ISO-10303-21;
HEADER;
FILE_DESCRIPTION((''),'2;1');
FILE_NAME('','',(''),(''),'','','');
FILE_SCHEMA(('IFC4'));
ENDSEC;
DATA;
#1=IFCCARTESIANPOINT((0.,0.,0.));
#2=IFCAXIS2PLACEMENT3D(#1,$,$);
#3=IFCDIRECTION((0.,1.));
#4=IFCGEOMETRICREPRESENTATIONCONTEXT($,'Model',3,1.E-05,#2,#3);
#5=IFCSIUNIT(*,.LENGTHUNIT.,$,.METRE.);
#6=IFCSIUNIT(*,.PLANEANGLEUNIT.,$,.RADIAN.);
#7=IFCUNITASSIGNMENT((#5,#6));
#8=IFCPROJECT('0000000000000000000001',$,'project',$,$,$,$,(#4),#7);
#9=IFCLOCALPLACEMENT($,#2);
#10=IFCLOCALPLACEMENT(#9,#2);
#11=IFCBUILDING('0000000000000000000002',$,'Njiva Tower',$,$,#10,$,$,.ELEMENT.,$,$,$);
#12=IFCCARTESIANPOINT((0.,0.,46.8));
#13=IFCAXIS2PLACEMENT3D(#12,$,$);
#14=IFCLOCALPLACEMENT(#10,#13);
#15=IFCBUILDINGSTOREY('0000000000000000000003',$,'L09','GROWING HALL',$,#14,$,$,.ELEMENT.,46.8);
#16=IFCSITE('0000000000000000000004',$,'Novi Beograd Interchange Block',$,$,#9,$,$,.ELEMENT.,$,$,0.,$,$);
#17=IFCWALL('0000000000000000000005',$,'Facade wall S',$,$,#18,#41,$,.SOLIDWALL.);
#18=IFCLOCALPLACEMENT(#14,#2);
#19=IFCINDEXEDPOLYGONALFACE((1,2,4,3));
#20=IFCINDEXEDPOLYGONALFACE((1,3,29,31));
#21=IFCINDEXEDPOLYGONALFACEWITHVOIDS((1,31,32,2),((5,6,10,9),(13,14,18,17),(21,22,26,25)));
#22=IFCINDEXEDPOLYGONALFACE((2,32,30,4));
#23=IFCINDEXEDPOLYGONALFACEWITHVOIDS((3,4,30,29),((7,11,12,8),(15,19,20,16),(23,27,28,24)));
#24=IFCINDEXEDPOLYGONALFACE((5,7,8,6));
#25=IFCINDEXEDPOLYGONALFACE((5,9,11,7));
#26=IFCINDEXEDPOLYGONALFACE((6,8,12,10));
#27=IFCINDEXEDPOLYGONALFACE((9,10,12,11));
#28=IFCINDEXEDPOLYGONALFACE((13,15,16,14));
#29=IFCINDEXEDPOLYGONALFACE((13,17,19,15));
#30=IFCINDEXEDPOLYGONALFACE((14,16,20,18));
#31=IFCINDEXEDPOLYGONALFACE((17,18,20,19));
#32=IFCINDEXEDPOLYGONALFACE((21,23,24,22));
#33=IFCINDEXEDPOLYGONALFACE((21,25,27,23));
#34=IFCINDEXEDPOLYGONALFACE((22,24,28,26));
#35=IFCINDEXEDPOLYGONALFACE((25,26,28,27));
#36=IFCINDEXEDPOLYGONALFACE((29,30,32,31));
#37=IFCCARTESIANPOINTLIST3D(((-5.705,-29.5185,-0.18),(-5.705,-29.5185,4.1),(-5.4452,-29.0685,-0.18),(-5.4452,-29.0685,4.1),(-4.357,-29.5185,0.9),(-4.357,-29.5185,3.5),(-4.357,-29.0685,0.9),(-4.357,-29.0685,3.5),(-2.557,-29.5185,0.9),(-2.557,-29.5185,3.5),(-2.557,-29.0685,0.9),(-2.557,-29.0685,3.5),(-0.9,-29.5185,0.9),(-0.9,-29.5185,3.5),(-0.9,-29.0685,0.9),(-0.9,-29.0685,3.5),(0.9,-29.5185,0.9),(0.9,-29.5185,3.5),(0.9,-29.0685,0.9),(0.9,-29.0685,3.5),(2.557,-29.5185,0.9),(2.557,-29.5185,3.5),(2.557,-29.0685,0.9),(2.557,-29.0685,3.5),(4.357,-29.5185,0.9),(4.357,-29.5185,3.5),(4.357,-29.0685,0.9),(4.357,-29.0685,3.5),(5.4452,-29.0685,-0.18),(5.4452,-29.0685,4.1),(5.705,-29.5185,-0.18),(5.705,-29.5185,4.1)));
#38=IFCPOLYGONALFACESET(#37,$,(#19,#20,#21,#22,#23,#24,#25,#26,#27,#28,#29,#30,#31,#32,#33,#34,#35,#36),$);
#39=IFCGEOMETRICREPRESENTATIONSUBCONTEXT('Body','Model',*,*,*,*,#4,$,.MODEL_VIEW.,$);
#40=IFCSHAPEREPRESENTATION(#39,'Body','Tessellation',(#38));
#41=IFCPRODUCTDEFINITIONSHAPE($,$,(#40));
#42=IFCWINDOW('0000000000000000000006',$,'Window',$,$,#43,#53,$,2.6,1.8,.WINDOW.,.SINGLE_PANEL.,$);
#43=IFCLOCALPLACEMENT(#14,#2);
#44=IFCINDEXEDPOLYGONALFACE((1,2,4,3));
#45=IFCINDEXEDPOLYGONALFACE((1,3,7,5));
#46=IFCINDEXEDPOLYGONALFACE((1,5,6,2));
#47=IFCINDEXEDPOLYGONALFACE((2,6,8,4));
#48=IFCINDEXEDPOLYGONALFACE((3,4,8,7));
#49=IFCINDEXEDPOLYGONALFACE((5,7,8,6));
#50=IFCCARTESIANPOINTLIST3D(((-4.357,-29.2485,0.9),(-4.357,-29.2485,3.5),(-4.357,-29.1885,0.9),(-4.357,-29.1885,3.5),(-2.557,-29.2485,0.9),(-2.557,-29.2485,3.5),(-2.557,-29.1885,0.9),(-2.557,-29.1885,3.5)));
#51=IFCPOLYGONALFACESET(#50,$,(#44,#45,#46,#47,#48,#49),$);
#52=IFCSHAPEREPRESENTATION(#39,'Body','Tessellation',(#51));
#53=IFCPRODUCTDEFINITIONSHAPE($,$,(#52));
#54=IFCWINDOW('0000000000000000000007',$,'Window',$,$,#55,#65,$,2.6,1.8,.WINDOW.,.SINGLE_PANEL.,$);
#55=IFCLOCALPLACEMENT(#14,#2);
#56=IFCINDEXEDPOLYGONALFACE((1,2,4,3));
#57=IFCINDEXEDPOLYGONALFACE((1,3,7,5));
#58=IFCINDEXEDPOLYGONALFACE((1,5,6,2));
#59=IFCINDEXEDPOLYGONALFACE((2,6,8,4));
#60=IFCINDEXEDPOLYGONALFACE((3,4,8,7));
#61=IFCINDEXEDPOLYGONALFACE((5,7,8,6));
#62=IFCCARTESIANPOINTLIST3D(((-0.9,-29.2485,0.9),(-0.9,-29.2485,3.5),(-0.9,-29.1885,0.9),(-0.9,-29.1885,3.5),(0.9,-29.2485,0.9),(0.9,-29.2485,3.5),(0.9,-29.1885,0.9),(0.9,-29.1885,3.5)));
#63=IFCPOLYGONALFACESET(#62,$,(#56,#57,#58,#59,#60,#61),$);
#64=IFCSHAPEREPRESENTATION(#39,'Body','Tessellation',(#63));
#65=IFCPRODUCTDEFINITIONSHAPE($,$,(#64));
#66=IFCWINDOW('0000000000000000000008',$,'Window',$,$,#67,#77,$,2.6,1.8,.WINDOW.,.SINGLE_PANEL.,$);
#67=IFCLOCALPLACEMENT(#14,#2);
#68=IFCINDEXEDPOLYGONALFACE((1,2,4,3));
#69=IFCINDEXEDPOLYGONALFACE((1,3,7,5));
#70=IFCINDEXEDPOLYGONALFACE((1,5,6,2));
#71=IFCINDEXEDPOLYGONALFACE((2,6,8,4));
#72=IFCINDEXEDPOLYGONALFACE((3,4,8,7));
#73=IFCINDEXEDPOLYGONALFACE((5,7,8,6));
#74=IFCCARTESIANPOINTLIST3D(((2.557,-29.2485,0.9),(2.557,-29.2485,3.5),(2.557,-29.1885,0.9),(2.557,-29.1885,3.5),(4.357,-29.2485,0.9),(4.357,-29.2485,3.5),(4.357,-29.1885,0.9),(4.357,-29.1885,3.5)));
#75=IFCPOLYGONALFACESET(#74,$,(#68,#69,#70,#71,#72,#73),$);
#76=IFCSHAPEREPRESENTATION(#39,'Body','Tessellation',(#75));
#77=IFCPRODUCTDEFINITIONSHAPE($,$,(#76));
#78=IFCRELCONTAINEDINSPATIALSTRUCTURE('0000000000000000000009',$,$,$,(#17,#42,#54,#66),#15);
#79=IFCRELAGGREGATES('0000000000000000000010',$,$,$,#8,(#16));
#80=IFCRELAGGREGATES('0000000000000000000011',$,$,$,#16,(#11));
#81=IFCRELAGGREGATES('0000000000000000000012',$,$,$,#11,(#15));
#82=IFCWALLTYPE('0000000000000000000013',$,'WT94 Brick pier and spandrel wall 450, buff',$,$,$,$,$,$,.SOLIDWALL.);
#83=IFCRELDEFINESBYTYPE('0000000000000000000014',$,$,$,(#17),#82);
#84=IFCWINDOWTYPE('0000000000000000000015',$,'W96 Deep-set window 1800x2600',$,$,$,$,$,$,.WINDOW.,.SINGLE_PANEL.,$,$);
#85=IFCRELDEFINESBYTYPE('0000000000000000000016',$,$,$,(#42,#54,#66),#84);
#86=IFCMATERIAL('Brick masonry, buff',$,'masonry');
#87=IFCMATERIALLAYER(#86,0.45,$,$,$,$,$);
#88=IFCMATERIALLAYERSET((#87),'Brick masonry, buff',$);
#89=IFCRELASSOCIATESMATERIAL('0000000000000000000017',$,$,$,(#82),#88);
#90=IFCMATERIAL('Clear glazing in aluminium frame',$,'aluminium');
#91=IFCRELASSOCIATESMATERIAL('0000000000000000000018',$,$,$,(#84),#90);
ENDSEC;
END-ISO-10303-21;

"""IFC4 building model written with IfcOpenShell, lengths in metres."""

from ifc_helpers import new_model, si_unit, direction, frame, frame_2d, origin, place, context, subcontext, project, spatial, polyline, rectangle, outline, extrude, material, layer, layer_set, type_object, element, fill, save


model = new_model("IFC4")

# Units and contexts
model_context = context("Model", 3, precision=1e-05, world=origin(), true_north=direction((0.0, 1.0)))
body_context = subcontext(model_context, "Body", "Model", "MODEL_VIEW")
ifc_project = project(units=[si_unit("LENGTHUNIT", "METRE"), si_unit("PLANEANGLEUNIT", "RADIAN")], contexts=[model_context])

# Site, building, storey
site_placement = place(None, origin())
site = spatial("IfcSite", under=ifc_project, at=site_placement, Name="Novi Beograd Interchange Block", CompositionType="ELEMENT", RefElevation=0.0)
building_placement = place(site_placement, origin())
building = spatial("IfcBuilding", under=site, at=building_placement, Name="Njiva Tower", CompositionType="ELEMENT")
storey_placement = place(building_placement, frame((0.0, 0.0, 46.8)))
storey = spatial("IfcBuildingStorey", under=building, at=storey_placement, Name="L09", Description="GROWING HALL", CompositionType="ELEMENT", Elevation=46.8)

# Wall, openings, windows
ifc_material_1 = material(Name="Brick masonry, buff", Category="masonry")
ifc_layer_1 = layer(ifc_material_1, 0.45)
ifc_layer_set_1 = layer_set([ifc_layer_1], Name="Brick masonry, buff")
wall_type_1 = type_object("IfcWallType", Name="WT94 Brick pier and spandrel wall 450, buff", PredefinedType="SOLIDWALL", material=ifc_layer_set_1)
wall_1_placement = place(storey_placement, frame((-5.5751, -29.2935, -0.18), z_axis=(0.0, 0.0, 1.0), x_axis=(1.0, 0.0, 0.0)))
wall_1 = element("IfcWall", 1, at=wall_1_placement, inside=storey, type_object=wall_type_1, Name="Facade wall S", PredefinedType="SOLIDWALL", context=body_context, shape_type="SweptSolid", body=[
    extrude(outline(polyline([(-0.1299, -0.225), (11.2801, -0.225), (11.0203, 0.225), (0.1299, 0.225), (-0.1299, -0.225)])), origin(), (0.0, 0.0, 1.0), 4.28),
])
opening_1_placement = place(wall_1_placement, frame((1.2181, 0.0, 1.08)))
opening_1 = element("IfcOpeningElement", 2, at=opening_1_placement, cuts=wall_1, PredefinedType="OPENING", context=body_context, shape_type="SweptSolid", body=[
    extrude(rectangle(XDim=1.8, YDim=2.6, at=frame_2d((0.9, 1.3))), frame((0.0, 0.235, 0.0), z_axis=(0.0, -1.0, 0.0), x_axis=(1.0, 0.0, 0.0)), (0.0, 0.0, 1.0), 0.47),
])
opening_2_placement = place(wall_1_placement, frame((4.6751, 0.0, 1.08)))
opening_2 = element("IfcOpeningElement", 3, at=opening_2_placement, cuts=wall_1, PredefinedType="OPENING", context=body_context, shape_type="SweptSolid", body=[
    extrude(rectangle(XDim=1.8, YDim=2.6, at=frame_2d((0.9, 1.3))), frame((0.0, 0.235, 0.0), z_axis=(0.0, -1.0, 0.0), x_axis=(1.0, 0.0, 0.0)), (0.0, 0.0, 1.0), 0.47),
])
opening_3_placement = place(wall_1_placement, frame((8.1321, 0.0, 1.08)))
opening_3 = element("IfcOpeningElement", 4, at=opening_3_placement, cuts=wall_1, PredefinedType="OPENING", context=body_context, shape_type="SweptSolid", body=[
    extrude(rectangle(XDim=1.8, YDim=2.6, at=frame_2d((0.9, 1.3))), frame((0.0, 0.235, 0.0), z_axis=(0.0, -1.0, 0.0), x_axis=(1.0, 0.0, 0.0)), (0.0, 0.0, 1.0), 0.47),
])
ifc_material_2 = material(Name="Clear glazing in aluminium frame", Category="aluminium")
window_type = type_object("IfcWindowType", Name="W96 Deep-set window 1800x2600", PartitioningType="SINGLE_PANEL", PredefinedType="WINDOW", material=ifc_material_2)
window_1_placement = place(opening_1_placement, origin())
window_1 = element("IfcWindow", 5, at=window_1_placement, inside=storey, type_object=window_type, Name="Window", OverallHeight=2.6, OverallWidth=1.8, PartitioningType="SINGLE_PANEL", PredefinedType="WINDOW", context=body_context, shape_type="SweptSolid", body=[
    extrude(rectangle(XDim=1.8, YDim=2.6, at=frame_2d((0.9, 1.3))), frame((0.0, 0.105, 0.0), z_axis=(0.0, -1.0, 0.0), x_axis=(1.0, 0.0, 0.0)), (0.0, 0.0, 1.0), 0.06),
])
fill(opening_1, window_1)
window_2_placement = place(opening_2_placement, origin())
window_2 = element("IfcWindow", 6, at=window_2_placement, inside=storey, type_object=window_type, Name="Window", OverallHeight=2.6, OverallWidth=1.8, PartitioningType="SINGLE_PANEL", PredefinedType="WINDOW", context=body_context, shape_type="SweptSolid", body=[
    extrude(rectangle(XDim=1.8, YDim=2.6, at=frame_2d((0.9, 1.3))), frame((0.0, 0.105, 0.0), z_axis=(0.0, -1.0, 0.0), x_axis=(1.0, 0.0, 0.0)), (0.0, 0.0, 1.0), 0.06),
])
fill(opening_2, window_2)
window_3_placement = place(opening_3_placement, origin())
window_3 = element("IfcWindow", 7, at=window_3_placement, inside=storey, type_object=window_type, Name="Window", OverallHeight=2.6, OverallWidth=1.8, PartitioningType="SINGLE_PANEL", PredefinedType="WINDOW", context=body_context, shape_type="SweptSolid", body=[
    extrude(rectangle(XDim=1.8, YDim=2.6, at=frame_2d((0.9, 1.3))), frame((0.0, 0.105, 0.0), z_axis=(0.0, -1.0, 0.0), x_axis=(1.0, 0.0, 0.0)), (0.0, 0.0, 1.0), 0.06),
])
fill(opening_3, window_3)

save(model, "model.ifc")
